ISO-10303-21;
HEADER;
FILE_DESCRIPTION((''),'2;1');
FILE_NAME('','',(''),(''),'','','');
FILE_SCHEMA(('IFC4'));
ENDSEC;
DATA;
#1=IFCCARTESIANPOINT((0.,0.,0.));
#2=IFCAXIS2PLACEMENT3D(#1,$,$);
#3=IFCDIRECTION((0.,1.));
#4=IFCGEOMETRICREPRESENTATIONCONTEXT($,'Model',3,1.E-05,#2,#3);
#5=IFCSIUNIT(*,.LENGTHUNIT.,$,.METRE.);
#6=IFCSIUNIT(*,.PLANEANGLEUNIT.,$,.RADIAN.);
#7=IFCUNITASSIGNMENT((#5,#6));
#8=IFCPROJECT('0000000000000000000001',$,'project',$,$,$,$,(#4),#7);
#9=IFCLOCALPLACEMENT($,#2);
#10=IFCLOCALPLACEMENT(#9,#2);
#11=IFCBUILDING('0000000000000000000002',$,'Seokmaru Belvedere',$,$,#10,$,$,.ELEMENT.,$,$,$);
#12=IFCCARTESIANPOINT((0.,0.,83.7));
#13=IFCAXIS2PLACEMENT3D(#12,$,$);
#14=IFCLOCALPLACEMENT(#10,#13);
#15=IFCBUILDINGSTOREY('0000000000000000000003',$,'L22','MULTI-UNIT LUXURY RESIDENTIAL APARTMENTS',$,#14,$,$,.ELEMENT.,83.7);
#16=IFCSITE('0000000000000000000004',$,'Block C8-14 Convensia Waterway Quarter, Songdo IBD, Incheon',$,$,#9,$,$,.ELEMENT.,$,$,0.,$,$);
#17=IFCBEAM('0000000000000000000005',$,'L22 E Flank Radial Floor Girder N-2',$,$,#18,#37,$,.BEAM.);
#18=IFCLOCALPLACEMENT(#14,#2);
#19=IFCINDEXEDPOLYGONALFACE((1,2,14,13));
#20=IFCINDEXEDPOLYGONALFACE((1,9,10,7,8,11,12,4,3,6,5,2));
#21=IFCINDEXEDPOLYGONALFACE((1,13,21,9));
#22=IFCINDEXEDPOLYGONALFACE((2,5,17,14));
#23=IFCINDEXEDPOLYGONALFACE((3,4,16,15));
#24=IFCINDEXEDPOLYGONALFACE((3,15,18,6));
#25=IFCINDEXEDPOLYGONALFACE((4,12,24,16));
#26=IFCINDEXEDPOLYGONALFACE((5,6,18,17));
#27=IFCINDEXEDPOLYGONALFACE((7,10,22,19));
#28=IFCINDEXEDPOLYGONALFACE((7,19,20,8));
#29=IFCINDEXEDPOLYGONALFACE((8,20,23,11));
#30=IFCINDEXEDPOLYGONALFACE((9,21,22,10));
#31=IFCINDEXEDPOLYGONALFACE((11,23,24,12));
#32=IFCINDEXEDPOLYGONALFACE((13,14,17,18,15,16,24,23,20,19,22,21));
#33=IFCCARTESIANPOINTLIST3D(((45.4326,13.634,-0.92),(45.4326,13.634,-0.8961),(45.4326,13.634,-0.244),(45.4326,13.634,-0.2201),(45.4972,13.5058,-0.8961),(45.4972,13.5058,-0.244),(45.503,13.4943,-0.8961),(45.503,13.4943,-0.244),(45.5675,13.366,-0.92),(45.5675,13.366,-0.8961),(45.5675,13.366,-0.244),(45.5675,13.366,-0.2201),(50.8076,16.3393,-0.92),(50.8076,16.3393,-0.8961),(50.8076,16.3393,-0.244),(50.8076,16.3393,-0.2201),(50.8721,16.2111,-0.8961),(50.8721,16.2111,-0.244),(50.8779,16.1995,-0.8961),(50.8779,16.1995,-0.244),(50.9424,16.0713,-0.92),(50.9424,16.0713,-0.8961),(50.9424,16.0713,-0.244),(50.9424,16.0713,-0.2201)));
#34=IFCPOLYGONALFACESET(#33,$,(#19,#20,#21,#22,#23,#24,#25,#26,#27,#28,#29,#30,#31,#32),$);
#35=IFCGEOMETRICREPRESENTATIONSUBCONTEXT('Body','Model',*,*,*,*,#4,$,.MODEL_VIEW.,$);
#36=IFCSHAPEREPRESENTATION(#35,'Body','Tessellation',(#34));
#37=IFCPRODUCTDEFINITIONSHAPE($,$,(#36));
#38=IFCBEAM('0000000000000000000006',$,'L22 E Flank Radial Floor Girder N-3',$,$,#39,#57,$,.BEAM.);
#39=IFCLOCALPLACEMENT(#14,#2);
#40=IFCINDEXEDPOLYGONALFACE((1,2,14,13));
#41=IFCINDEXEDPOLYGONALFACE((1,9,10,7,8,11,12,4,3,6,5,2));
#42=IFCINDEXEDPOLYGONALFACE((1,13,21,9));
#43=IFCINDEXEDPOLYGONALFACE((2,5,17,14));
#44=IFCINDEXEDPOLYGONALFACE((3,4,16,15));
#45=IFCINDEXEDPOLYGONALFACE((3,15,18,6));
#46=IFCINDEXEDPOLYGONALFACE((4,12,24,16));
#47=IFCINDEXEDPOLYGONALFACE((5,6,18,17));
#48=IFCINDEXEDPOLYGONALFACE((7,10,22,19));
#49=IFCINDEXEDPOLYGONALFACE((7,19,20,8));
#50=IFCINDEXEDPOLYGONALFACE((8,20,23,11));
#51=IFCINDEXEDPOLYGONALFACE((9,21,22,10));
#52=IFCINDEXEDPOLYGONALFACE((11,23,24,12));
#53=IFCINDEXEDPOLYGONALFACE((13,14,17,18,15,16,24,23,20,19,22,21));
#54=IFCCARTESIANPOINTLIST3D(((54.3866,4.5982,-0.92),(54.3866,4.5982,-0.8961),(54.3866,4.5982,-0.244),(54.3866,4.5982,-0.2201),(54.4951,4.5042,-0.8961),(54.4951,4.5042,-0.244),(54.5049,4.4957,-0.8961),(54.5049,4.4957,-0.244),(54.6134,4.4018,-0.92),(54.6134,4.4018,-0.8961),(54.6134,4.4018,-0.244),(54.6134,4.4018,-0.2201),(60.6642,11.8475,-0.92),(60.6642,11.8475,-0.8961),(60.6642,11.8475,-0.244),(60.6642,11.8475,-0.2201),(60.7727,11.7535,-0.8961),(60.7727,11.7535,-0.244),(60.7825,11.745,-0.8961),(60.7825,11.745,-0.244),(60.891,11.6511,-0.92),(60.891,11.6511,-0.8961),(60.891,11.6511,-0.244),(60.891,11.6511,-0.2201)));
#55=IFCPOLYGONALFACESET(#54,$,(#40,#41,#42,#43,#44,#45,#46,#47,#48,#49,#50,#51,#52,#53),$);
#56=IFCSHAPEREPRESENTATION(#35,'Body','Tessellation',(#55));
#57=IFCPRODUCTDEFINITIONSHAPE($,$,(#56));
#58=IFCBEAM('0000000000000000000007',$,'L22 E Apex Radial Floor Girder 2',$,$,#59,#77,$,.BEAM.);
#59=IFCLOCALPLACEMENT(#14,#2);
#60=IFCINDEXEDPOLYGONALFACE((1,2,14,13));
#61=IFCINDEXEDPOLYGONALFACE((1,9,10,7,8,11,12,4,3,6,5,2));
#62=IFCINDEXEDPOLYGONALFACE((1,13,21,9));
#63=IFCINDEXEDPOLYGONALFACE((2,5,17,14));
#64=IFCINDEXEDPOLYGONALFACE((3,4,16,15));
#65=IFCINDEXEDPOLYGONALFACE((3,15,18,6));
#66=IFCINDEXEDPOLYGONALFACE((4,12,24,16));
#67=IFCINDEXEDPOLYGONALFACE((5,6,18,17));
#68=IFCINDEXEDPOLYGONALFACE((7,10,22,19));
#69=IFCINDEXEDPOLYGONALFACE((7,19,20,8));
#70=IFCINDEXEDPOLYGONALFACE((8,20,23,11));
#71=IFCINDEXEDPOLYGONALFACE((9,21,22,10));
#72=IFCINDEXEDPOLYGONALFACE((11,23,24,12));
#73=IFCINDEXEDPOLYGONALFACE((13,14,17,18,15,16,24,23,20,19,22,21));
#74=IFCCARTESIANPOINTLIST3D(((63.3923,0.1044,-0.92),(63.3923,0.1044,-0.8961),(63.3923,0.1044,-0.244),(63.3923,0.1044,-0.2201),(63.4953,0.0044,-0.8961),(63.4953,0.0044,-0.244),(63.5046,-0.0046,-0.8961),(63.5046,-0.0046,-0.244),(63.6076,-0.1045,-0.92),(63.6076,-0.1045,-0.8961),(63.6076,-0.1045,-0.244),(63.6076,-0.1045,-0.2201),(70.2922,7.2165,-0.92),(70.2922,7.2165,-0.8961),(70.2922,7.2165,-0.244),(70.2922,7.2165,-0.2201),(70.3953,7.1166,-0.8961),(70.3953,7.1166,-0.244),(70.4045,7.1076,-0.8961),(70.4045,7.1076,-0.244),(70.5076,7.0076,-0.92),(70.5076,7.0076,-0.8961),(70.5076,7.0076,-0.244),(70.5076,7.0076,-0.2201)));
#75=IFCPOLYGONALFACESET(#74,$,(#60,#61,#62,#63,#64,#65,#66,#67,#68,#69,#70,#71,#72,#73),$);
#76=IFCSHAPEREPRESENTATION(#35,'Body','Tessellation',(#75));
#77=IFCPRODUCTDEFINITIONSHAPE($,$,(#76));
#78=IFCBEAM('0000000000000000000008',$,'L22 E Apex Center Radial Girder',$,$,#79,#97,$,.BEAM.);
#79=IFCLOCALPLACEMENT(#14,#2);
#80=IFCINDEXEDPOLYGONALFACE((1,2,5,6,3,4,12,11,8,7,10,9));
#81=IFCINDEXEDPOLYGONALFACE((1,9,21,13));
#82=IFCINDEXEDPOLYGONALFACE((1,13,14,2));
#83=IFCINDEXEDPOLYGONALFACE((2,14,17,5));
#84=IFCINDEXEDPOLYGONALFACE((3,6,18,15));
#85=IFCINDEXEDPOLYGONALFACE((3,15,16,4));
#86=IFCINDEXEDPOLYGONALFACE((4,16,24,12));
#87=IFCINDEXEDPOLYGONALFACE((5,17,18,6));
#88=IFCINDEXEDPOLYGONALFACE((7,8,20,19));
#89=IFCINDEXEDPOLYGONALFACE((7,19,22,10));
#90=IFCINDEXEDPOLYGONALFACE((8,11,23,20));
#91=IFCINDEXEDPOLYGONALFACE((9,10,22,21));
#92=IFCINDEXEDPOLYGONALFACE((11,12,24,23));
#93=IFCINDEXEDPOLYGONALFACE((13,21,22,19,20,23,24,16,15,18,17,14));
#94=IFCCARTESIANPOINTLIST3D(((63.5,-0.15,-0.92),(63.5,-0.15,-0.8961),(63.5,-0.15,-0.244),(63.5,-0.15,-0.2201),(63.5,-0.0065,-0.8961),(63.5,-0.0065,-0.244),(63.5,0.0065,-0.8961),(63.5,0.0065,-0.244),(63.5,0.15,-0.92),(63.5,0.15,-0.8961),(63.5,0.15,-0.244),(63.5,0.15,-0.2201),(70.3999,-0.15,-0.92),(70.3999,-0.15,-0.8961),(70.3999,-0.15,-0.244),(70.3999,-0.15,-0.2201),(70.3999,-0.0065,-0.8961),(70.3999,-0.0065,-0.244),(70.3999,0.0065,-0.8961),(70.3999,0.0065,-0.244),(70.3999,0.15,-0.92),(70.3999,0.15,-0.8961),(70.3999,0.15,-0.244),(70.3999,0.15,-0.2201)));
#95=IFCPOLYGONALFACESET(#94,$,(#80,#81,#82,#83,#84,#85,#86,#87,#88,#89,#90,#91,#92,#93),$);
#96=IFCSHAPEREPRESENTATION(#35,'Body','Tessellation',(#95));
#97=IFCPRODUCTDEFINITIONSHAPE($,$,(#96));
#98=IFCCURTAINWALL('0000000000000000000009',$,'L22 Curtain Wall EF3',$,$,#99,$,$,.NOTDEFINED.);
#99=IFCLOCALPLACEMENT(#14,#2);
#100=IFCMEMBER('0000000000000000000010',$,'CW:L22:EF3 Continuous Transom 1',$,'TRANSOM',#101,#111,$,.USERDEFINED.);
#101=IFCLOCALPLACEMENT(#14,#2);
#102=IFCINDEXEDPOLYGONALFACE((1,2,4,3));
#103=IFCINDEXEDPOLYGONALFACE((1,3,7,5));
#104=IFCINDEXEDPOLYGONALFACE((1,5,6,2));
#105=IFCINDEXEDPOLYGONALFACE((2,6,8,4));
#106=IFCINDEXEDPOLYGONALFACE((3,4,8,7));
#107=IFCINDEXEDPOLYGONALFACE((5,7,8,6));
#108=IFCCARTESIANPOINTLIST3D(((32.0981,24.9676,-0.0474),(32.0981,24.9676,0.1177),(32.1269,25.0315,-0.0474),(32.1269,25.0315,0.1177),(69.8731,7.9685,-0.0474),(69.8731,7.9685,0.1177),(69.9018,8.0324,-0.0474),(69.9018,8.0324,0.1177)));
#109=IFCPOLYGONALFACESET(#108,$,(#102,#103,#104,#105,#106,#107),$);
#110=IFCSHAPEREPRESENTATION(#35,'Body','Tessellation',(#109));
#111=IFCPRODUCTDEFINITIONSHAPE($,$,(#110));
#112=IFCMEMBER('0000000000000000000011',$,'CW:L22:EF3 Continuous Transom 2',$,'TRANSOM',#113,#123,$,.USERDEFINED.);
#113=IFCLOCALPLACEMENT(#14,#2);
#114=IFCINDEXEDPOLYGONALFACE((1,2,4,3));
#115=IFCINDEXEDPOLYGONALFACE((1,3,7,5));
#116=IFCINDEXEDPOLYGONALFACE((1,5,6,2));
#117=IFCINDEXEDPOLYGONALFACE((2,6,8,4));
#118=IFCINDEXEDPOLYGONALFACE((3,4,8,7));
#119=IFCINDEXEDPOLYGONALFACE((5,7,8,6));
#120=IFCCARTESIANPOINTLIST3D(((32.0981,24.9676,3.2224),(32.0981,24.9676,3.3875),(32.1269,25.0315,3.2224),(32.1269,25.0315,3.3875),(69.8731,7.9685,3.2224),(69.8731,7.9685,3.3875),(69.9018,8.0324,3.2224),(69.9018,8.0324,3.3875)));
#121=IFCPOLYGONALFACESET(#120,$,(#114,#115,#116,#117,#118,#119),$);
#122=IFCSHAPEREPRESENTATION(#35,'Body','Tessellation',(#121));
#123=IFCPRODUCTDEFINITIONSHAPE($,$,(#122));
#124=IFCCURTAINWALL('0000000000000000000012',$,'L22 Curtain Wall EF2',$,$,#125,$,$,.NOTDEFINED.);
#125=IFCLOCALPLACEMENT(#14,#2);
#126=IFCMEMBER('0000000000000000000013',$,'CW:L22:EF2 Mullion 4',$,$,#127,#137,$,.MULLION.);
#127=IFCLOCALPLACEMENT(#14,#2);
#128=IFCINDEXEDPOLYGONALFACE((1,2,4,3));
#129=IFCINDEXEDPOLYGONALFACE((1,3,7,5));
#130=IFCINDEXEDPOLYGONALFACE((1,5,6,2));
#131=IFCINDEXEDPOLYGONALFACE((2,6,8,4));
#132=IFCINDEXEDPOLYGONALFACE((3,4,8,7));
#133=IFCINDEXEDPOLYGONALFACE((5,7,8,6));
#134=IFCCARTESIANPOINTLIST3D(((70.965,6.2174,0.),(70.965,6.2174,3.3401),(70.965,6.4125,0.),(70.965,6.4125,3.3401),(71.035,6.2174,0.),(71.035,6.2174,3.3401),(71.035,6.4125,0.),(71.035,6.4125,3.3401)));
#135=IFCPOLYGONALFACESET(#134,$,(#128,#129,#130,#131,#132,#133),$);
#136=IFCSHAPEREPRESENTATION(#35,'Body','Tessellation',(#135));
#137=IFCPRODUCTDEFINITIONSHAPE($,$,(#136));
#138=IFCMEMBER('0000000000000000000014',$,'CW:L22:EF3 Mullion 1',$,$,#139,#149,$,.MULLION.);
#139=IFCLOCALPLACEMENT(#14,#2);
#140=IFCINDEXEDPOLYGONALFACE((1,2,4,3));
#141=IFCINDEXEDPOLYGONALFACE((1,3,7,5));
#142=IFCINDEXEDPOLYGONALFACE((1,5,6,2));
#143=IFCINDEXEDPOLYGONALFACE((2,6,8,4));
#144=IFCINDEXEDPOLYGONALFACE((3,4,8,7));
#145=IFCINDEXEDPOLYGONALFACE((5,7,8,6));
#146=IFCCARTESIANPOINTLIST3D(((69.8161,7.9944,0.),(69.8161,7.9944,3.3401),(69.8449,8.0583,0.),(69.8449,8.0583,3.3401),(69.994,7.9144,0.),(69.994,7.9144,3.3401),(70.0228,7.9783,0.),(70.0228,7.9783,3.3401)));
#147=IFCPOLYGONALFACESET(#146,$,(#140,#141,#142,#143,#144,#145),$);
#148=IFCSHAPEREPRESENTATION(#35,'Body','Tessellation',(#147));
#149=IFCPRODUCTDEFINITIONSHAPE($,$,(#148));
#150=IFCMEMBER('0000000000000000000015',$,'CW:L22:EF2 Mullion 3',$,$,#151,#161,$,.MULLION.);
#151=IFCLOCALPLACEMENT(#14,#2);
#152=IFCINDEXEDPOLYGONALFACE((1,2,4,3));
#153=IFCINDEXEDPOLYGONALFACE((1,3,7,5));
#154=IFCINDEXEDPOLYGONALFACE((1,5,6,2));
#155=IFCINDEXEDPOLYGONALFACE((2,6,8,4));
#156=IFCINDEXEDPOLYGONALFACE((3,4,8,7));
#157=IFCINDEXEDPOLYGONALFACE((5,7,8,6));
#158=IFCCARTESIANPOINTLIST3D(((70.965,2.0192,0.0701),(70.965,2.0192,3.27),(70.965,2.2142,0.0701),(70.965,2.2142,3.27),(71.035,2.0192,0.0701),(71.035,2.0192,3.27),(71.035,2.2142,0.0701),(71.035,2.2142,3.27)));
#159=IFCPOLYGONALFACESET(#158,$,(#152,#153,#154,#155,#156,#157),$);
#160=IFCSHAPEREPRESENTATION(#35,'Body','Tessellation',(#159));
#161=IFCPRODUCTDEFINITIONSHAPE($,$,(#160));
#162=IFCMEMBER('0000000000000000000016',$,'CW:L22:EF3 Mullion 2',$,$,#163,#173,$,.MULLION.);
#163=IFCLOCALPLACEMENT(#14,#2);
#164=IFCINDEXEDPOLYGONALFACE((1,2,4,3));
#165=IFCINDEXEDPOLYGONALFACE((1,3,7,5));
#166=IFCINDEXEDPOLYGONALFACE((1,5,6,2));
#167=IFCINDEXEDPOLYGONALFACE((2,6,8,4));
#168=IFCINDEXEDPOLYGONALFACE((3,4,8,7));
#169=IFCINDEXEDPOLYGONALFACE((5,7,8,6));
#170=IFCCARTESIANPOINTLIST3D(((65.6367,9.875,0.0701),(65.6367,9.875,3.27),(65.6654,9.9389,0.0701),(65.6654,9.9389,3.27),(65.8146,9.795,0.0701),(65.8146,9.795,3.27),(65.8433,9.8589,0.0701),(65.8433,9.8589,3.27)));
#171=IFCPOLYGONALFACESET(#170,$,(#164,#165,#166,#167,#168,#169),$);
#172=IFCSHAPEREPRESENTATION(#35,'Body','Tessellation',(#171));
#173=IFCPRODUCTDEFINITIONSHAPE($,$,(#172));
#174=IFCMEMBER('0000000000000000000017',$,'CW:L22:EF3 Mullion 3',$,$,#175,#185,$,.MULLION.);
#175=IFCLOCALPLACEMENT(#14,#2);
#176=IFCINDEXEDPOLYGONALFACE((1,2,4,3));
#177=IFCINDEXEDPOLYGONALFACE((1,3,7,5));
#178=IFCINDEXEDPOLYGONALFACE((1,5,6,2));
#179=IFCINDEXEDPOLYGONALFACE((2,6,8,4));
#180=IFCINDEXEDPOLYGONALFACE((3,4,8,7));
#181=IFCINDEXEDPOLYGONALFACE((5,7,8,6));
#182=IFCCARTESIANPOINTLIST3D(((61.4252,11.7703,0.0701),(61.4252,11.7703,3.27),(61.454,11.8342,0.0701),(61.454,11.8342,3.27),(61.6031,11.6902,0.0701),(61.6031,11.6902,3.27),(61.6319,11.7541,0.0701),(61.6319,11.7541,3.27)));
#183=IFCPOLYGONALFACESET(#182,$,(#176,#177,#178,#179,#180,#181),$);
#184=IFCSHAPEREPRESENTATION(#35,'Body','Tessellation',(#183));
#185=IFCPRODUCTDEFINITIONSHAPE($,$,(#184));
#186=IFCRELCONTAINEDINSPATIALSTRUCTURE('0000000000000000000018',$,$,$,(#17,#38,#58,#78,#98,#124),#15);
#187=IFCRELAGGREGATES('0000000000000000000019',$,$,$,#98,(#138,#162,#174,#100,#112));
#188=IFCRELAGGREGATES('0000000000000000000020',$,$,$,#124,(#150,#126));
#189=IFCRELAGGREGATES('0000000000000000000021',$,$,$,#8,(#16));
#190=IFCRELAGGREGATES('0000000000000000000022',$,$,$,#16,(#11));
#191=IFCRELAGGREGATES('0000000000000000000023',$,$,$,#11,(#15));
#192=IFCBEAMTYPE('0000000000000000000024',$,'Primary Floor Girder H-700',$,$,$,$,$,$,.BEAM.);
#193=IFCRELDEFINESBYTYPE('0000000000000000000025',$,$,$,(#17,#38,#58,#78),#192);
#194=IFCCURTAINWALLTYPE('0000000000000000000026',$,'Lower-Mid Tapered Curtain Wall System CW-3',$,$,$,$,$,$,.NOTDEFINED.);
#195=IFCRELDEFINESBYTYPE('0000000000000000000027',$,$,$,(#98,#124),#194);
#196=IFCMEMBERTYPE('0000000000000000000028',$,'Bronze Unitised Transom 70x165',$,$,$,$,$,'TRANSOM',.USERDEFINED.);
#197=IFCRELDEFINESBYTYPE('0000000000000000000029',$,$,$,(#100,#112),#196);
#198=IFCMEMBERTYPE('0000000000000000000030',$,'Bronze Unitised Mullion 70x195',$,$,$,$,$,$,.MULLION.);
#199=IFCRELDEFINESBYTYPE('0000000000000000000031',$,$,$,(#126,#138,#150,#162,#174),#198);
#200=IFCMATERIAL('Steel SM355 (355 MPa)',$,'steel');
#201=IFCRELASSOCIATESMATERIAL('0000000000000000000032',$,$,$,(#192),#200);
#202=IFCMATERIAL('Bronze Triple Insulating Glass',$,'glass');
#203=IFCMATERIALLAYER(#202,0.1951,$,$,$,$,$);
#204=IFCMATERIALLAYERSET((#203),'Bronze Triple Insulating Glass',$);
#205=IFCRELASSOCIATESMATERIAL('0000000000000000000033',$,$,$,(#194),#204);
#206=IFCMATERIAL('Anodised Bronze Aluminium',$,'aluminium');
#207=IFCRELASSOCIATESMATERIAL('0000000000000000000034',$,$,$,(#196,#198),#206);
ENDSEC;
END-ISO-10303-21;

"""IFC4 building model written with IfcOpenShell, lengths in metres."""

from ifc_helpers import new_model, si_unit, direction, frame, origin, origin_2d, place, context, subcontext, project, spatial, rectangle, i_section, extrude, source, transform, mapped, material, layer, layer_set, material_profile, profile_set, type_object, type_shapes, element, aggregate, save


model = new_model("IFC4")

# Units and contexts
model_context = context("Model", 3, precision=1e-05, world=origin(), true_north=direction((0.0, 1.0)))
body_context = subcontext(model_context, "Body", "Model", "MODEL_VIEW")
ifc_project = project(units=[si_unit("LENGTHUNIT", "METRE"), si_unit("PLANEANGLEUNIT", "RADIAN")], contexts=[model_context])

# Site, building, storey
site_placement = place(None, origin())
site = spatial("IfcSite", under=ifc_project, at=site_placement, Name="Block C8-14 Convensia Waterway Quarter, Songdo IBD, Incheon", CompositionType="ELEMENT", RefElevation=0.0)
building_placement = place(site_placement, origin())
building = spatial("IfcBuilding", under=site, at=building_placement, Name="Seokmaru Belvedere", CompositionType="ELEMENT")
storey_placement = place(building_placement, frame((0.0, 0.0, 83.7)))
storey = spatial("IfcBuildingStorey", under=building, at=storey_placement, Name="L22", Description="MULTI-UNIT LUXURY RESIDENTIAL APARTMENTS", CompositionType="ELEMENT", Elevation=83.7)

# Shared definitions
ifc_material_1 = material(Name="Steel SM355 (355 MPa)", Category="steel")

# Beams
ifc_material_profile_1 = material_profile(ifc_material_1, i_section(OverallWidth=0.3, OverallDepth=0.7, WebThickness=0.0129, FlangeThickness=0.0239, at=origin_2d()), Name="H-700x300x13x24")
ifc_profile_set_1 = profile_set([ifc_material_profile_1], Name="Steel SM355 (355 MPa)")
beam_type_1 = type_object("IfcBeamType", Name="Primary Floor Girder H-700", PredefinedType="BEAM", material=ifc_profile_set_1)
shared_shape_1 = source(origin(), body_context, "Body", "SweptSolid", [
    extrude(i_section(OverallWidth=0.3, OverallDepth=0.7, WebThickness=0.0129, FlangeThickness=0.0239, at=origin_2d()), origin(), (0.0, 0.0, 1.0), 6.0173),
])
beam_1_placement = place(storey_placement, frame((50.875, 16.2053, -0.5701), z_axis=(-0.893239, -0.449581, 0.0), x_axis=(0.449581, -0.893239, 0.0)))
element("IfcBeam", 1, at=beam_1_placement, inside=storey, type_object=beam_type_1, Name="L22 E Flank Radial Floor Girder N-2", PredefinedType="BEAM", context=body_context, shape_type="MappedRepresentation", body=[
    mapped(shared_shape_1, transform((0.0, 0.0, 0.0), scale=1.0)),
])
shared_shape_2 = source(origin(), body_context, "Body", "SweptSolid", [
    extrude(i_section(OverallWidth=0.3, OverallDepth=0.7, WebThickness=0.0129, FlangeThickness=0.0239, at=origin_2d()), origin(), (0.0, 0.0, 1.0), 9.5896),
])
beam_2_placement = place(storey_placement, frame((60.7776, 11.7493, -0.5701), z_axis=(-0.654626, -0.755953, 0.0), x_axis=(0.755953, -0.654626, 0.0)))
element("IfcBeam", 2, at=beam_2_placement, inside=storey, type_object=beam_type_1, Name="L22 E Flank Radial Floor Girder N-3", PredefinedType="BEAM", context=body_context, shape_type="MappedRepresentation", body=[
    mapped(shared_shape_2, transform((0.0, 0.0, 0.0), scale=1.0)),
])
shared_shape_3 = source(origin(), body_context, "Body", "SweptSolid", [
    extrude(i_section(OverallWidth=0.3, OverallDepth=0.7, WebThickness=0.0129, FlangeThickness=0.0239, at=origin_2d()), origin(), (0.0, 0.0, 1.0), 9.9092),
])
beam_3_placement = place(storey_placement, frame((70.3999, 7.1121, -0.5701), z_axis=(-0.696321, -0.717731, 0.0), x_axis=(0.717731, -0.696321, 0.0)))
element("IfcBeam", 3, at=beam_3_placement, inside=storey, type_object=beam_type_1, Name="L22 E Apex Radial Floor Girder 2", PredefinedType="BEAM", context=body_context, shape_type="MappedRepresentation", body=[
    mapped(shared_shape_3, transform((0.0, 0.0, 0.0), scale=1.0)),
])
shared_shape_4 = source(origin(), body_context, "Body", "SweptSolid", [
    extrude(i_section(OverallWidth=0.3, OverallDepth=0.7, WebThickness=0.0129, FlangeThickness=0.0239, at=origin_2d()), origin(), (0.0, 0.0, 1.0), 6.8999),
])
beam_4_placement = place(storey_placement, frame((70.3999, 0.0, -0.5701), z_axis=(-1.0, 0.0, 0.0), x_axis=(0.0, -1.0, 0.0)))
element("IfcBeam", 4, at=beam_4_placement, inside=storey, type_object=beam_type_1, Name="L22 E Apex Center Radial Girder", PredefinedType="BEAM", context=body_context, shape_type="MappedRepresentation", body=[
    mapped(shared_shape_4, transform((0.0, 0.0, 0.0), scale=1.0)),
])

# Curtain wall, members
ifc_material_2 = material(Name="Bronze Triple Insulating Glass", Category="glass")
ifc_layer_1 = layer(ifc_material_2, 0.1951)
ifc_layer_set_1 = layer_set([ifc_layer_1], Name="Bronze Triple Insulating Glass")
curtain_wall_type = type_object("IfcCurtainWallType", Name="Lower-Mid Tapered Curtain Wall System CW-3", PredefinedType="NOTDEFINED", material=ifc_layer_set_1)
curtain_wall_1_placement = place(storey_placement, origin())
curtain_wall_1 = element("IfcCurtainWall", 5, at=curtain_wall_1_placement, inside=storey, type_object=curtain_wall_type, Name="L22 Curtain Wall EF3", PredefinedType="NOTDEFINED")
ifc_material_3 = material(Name="Anodised Bronze Aluminium", Category="aluminium")
ifc_material_profile_2 = material_profile(ifc_material_3, rectangle(XDim=0.0701, YDim=0.165, at=origin_2d()), Name="CW-T-70x165")
ifc_profile_set_2 = profile_set([ifc_material_profile_2], Name="Anodised Bronze Aluminium")
member_type_1 = type_object("IfcMemberType", Name="Bronze Unitised Transom 70x165", ElementType="TRANSOM", PredefinedType="USERDEFINED", material=ifc_profile_set_2)
shared_shape_5 = source(origin(), body_context, "Body", "SweptSolid", [
    extrude(rectangle(XDim=0.0701, YDim=0.165, at=origin_2d()), origin(), (0.0, 0.0, 1.0), 41.4236),
])
type_shapes(member_type_1, [shared_shape_5])
member_1_placement = place(storey_placement, frame((69.8875, 8.0005, 0.0352), z_axis=(-0.911919, 0.410371, 0.0), x_axis=(-0.410371, -0.911919, 0.0)))
member_1 = element("IfcMember", 6, at=member_1_placement, type_object=member_type_1, Name="CW:L22:EF3 Continuous Transom 1", ObjectType="TRANSOM", PredefinedType="USERDEFINED", context=body_context, shape_type="MappedRepresentation", body=[
    mapped(shared_shape_5, transform((0.0, 0.0, 0.0), scale=1.0)),
])
member_2_placement = place(storey_placement, frame((69.8875, 8.0005, 3.3049), z_axis=(-0.911919, 0.410371, 0.0), x_axis=(-0.410371, -0.911919, 0.0)))
member_2 = element("IfcMember", 7, at=member_2_placement, type_object=member_type_1, Name="CW:L22:EF3 Continuous Transom 2", ObjectType="TRANSOM", PredefinedType="USERDEFINED", context=body_context, shape_type="MappedRepresentation", body=[
    mapped(shared_shape_5, transform((0.0, 0.0, 0.0), scale=1.0)),
])

# Curtain wall, member
curtain_wall_2_placement = place(storey_placement, origin())
curtain_wall_2 = element("IfcCurtainWall", 8, at=curtain_wall_2_placement, inside=storey, type_object=curtain_wall_type, Name="L22 Curtain Wall EF2", PredefinedType="NOTDEFINED")
ifc_material_profile_3 = material_profile(ifc_material_3, rectangle(XDim=0.0701, YDim=0.1951, at=origin_2d()), Name="CW-M-70x195")
ifc_profile_set_3 = profile_set([ifc_material_profile_3], Name="Anodised Bronze Aluminium")
member_type_2 = type_object("IfcMemberType", Name="Bronze Unitised Mullion 70x195", PredefinedType="MULLION", material=ifc_profile_set_3)
shared_shape_6 = source(origin(), body_context, "Body", "SweptSolid", [
    extrude(rectangle(XDim=0.0701, YDim=0.1951, at=origin_2d()), origin(), (0.0, 0.0, 1.0), 3.3401),
])
member_3_placement = place(storey_placement, frame((71.0, 6.3149, 0.0), z_axis=(0.0, 0.0, 1.0), x_axis=(-1.0, 0.0, 0.0)))
member_3 = element("IfcMember", 9, at=member_3_placement, type_object=member_type_2, Name="CW:L22:EF2 Mullion 4", PredefinedType="MULLION", context=body_context, shape_type="MappedRepresentation", body=[
    mapped(shared_shape_6, transform((0.0, 0.0, 0.0), scale=1.0)),
])

# Members
member_4_placement = place(storey_placement, frame((69.9194, 7.9863, 0.0), z_axis=(0.0, 0.0, 1.0), x_axis=(-0.410366, -0.911921, 0.0)))
member_4 = element("IfcMember", 10, at=member_4_placement, type_object=member_type_2, Name="CW:L22:EF3 Mullion 1", PredefinedType="MULLION", context=body_context, shape_type="MappedRepresentation", body=[
    mapped(shared_shape_6, transform((0.0, 0.0, 0.0), scale=1.0)),
])
shared_shape_7 = source(origin(), body_context, "Body", "SweptSolid", [
    extrude(rectangle(XDim=0.0701, YDim=0.1951, at=origin_2d()), origin(), (0.0, 0.0, 1.0), 3.2),
])
type_shapes(member_type_2, [shared_shape_6, shared_shape_7])
member_5_placement = place(storey_placement, frame((71.0, 2.1167, 0.0701), z_axis=(0.0, 0.0, 1.0), x_axis=(-1.0, 0.0, 0.0)))
member_5 = element("IfcMember", 11, at=member_5_placement, type_object=member_type_2, Name="CW:L22:EF2 Mullion 3", PredefinedType="MULLION", context=body_context, shape_type="MappedRepresentation", body=[
    mapped(shared_shape_7, transform((0.0, 0.0, 0.0), scale=1.0)),
])
member_6_placement = place(storey_placement, frame((65.74, 9.8669, 0.0701), z_axis=(0.0, 0.0, 1.0), x_axis=(-0.410366, -0.911921, 0.0)))
member_6 = element("IfcMember", 12, at=member_6_placement, type_object=member_type_2, Name="CW:L22:EF3 Mullion 2", PredefinedType="MULLION", context=body_context, shape_type="MappedRepresentation", body=[
    mapped(shared_shape_7, transform((0.0, 0.0, 0.0), scale=1.0)),
])
member_7_placement = place(storey_placement, frame((61.5286, 11.7622, 0.0701), z_axis=(0.0, 0.0, 1.0), x_axis=(-0.410366, -0.911921, 0.0)))
member_7 = element("IfcMember", 13, at=member_7_placement, type_object=member_type_2, Name="CW:L22:EF3 Mullion 3", PredefinedType="MULLION", context=body_context, shape_type="MappedRepresentation", body=[
    mapped(shared_shape_7, transform((0.0, 0.0, 0.0), scale=1.0)),
])

aggregate(curtain_wall_1, [member_4, member_6, member_7, member_1, member_2])
aggregate(curtain_wall_2, [member_5, member_3])

save(model, "model.ifc")
